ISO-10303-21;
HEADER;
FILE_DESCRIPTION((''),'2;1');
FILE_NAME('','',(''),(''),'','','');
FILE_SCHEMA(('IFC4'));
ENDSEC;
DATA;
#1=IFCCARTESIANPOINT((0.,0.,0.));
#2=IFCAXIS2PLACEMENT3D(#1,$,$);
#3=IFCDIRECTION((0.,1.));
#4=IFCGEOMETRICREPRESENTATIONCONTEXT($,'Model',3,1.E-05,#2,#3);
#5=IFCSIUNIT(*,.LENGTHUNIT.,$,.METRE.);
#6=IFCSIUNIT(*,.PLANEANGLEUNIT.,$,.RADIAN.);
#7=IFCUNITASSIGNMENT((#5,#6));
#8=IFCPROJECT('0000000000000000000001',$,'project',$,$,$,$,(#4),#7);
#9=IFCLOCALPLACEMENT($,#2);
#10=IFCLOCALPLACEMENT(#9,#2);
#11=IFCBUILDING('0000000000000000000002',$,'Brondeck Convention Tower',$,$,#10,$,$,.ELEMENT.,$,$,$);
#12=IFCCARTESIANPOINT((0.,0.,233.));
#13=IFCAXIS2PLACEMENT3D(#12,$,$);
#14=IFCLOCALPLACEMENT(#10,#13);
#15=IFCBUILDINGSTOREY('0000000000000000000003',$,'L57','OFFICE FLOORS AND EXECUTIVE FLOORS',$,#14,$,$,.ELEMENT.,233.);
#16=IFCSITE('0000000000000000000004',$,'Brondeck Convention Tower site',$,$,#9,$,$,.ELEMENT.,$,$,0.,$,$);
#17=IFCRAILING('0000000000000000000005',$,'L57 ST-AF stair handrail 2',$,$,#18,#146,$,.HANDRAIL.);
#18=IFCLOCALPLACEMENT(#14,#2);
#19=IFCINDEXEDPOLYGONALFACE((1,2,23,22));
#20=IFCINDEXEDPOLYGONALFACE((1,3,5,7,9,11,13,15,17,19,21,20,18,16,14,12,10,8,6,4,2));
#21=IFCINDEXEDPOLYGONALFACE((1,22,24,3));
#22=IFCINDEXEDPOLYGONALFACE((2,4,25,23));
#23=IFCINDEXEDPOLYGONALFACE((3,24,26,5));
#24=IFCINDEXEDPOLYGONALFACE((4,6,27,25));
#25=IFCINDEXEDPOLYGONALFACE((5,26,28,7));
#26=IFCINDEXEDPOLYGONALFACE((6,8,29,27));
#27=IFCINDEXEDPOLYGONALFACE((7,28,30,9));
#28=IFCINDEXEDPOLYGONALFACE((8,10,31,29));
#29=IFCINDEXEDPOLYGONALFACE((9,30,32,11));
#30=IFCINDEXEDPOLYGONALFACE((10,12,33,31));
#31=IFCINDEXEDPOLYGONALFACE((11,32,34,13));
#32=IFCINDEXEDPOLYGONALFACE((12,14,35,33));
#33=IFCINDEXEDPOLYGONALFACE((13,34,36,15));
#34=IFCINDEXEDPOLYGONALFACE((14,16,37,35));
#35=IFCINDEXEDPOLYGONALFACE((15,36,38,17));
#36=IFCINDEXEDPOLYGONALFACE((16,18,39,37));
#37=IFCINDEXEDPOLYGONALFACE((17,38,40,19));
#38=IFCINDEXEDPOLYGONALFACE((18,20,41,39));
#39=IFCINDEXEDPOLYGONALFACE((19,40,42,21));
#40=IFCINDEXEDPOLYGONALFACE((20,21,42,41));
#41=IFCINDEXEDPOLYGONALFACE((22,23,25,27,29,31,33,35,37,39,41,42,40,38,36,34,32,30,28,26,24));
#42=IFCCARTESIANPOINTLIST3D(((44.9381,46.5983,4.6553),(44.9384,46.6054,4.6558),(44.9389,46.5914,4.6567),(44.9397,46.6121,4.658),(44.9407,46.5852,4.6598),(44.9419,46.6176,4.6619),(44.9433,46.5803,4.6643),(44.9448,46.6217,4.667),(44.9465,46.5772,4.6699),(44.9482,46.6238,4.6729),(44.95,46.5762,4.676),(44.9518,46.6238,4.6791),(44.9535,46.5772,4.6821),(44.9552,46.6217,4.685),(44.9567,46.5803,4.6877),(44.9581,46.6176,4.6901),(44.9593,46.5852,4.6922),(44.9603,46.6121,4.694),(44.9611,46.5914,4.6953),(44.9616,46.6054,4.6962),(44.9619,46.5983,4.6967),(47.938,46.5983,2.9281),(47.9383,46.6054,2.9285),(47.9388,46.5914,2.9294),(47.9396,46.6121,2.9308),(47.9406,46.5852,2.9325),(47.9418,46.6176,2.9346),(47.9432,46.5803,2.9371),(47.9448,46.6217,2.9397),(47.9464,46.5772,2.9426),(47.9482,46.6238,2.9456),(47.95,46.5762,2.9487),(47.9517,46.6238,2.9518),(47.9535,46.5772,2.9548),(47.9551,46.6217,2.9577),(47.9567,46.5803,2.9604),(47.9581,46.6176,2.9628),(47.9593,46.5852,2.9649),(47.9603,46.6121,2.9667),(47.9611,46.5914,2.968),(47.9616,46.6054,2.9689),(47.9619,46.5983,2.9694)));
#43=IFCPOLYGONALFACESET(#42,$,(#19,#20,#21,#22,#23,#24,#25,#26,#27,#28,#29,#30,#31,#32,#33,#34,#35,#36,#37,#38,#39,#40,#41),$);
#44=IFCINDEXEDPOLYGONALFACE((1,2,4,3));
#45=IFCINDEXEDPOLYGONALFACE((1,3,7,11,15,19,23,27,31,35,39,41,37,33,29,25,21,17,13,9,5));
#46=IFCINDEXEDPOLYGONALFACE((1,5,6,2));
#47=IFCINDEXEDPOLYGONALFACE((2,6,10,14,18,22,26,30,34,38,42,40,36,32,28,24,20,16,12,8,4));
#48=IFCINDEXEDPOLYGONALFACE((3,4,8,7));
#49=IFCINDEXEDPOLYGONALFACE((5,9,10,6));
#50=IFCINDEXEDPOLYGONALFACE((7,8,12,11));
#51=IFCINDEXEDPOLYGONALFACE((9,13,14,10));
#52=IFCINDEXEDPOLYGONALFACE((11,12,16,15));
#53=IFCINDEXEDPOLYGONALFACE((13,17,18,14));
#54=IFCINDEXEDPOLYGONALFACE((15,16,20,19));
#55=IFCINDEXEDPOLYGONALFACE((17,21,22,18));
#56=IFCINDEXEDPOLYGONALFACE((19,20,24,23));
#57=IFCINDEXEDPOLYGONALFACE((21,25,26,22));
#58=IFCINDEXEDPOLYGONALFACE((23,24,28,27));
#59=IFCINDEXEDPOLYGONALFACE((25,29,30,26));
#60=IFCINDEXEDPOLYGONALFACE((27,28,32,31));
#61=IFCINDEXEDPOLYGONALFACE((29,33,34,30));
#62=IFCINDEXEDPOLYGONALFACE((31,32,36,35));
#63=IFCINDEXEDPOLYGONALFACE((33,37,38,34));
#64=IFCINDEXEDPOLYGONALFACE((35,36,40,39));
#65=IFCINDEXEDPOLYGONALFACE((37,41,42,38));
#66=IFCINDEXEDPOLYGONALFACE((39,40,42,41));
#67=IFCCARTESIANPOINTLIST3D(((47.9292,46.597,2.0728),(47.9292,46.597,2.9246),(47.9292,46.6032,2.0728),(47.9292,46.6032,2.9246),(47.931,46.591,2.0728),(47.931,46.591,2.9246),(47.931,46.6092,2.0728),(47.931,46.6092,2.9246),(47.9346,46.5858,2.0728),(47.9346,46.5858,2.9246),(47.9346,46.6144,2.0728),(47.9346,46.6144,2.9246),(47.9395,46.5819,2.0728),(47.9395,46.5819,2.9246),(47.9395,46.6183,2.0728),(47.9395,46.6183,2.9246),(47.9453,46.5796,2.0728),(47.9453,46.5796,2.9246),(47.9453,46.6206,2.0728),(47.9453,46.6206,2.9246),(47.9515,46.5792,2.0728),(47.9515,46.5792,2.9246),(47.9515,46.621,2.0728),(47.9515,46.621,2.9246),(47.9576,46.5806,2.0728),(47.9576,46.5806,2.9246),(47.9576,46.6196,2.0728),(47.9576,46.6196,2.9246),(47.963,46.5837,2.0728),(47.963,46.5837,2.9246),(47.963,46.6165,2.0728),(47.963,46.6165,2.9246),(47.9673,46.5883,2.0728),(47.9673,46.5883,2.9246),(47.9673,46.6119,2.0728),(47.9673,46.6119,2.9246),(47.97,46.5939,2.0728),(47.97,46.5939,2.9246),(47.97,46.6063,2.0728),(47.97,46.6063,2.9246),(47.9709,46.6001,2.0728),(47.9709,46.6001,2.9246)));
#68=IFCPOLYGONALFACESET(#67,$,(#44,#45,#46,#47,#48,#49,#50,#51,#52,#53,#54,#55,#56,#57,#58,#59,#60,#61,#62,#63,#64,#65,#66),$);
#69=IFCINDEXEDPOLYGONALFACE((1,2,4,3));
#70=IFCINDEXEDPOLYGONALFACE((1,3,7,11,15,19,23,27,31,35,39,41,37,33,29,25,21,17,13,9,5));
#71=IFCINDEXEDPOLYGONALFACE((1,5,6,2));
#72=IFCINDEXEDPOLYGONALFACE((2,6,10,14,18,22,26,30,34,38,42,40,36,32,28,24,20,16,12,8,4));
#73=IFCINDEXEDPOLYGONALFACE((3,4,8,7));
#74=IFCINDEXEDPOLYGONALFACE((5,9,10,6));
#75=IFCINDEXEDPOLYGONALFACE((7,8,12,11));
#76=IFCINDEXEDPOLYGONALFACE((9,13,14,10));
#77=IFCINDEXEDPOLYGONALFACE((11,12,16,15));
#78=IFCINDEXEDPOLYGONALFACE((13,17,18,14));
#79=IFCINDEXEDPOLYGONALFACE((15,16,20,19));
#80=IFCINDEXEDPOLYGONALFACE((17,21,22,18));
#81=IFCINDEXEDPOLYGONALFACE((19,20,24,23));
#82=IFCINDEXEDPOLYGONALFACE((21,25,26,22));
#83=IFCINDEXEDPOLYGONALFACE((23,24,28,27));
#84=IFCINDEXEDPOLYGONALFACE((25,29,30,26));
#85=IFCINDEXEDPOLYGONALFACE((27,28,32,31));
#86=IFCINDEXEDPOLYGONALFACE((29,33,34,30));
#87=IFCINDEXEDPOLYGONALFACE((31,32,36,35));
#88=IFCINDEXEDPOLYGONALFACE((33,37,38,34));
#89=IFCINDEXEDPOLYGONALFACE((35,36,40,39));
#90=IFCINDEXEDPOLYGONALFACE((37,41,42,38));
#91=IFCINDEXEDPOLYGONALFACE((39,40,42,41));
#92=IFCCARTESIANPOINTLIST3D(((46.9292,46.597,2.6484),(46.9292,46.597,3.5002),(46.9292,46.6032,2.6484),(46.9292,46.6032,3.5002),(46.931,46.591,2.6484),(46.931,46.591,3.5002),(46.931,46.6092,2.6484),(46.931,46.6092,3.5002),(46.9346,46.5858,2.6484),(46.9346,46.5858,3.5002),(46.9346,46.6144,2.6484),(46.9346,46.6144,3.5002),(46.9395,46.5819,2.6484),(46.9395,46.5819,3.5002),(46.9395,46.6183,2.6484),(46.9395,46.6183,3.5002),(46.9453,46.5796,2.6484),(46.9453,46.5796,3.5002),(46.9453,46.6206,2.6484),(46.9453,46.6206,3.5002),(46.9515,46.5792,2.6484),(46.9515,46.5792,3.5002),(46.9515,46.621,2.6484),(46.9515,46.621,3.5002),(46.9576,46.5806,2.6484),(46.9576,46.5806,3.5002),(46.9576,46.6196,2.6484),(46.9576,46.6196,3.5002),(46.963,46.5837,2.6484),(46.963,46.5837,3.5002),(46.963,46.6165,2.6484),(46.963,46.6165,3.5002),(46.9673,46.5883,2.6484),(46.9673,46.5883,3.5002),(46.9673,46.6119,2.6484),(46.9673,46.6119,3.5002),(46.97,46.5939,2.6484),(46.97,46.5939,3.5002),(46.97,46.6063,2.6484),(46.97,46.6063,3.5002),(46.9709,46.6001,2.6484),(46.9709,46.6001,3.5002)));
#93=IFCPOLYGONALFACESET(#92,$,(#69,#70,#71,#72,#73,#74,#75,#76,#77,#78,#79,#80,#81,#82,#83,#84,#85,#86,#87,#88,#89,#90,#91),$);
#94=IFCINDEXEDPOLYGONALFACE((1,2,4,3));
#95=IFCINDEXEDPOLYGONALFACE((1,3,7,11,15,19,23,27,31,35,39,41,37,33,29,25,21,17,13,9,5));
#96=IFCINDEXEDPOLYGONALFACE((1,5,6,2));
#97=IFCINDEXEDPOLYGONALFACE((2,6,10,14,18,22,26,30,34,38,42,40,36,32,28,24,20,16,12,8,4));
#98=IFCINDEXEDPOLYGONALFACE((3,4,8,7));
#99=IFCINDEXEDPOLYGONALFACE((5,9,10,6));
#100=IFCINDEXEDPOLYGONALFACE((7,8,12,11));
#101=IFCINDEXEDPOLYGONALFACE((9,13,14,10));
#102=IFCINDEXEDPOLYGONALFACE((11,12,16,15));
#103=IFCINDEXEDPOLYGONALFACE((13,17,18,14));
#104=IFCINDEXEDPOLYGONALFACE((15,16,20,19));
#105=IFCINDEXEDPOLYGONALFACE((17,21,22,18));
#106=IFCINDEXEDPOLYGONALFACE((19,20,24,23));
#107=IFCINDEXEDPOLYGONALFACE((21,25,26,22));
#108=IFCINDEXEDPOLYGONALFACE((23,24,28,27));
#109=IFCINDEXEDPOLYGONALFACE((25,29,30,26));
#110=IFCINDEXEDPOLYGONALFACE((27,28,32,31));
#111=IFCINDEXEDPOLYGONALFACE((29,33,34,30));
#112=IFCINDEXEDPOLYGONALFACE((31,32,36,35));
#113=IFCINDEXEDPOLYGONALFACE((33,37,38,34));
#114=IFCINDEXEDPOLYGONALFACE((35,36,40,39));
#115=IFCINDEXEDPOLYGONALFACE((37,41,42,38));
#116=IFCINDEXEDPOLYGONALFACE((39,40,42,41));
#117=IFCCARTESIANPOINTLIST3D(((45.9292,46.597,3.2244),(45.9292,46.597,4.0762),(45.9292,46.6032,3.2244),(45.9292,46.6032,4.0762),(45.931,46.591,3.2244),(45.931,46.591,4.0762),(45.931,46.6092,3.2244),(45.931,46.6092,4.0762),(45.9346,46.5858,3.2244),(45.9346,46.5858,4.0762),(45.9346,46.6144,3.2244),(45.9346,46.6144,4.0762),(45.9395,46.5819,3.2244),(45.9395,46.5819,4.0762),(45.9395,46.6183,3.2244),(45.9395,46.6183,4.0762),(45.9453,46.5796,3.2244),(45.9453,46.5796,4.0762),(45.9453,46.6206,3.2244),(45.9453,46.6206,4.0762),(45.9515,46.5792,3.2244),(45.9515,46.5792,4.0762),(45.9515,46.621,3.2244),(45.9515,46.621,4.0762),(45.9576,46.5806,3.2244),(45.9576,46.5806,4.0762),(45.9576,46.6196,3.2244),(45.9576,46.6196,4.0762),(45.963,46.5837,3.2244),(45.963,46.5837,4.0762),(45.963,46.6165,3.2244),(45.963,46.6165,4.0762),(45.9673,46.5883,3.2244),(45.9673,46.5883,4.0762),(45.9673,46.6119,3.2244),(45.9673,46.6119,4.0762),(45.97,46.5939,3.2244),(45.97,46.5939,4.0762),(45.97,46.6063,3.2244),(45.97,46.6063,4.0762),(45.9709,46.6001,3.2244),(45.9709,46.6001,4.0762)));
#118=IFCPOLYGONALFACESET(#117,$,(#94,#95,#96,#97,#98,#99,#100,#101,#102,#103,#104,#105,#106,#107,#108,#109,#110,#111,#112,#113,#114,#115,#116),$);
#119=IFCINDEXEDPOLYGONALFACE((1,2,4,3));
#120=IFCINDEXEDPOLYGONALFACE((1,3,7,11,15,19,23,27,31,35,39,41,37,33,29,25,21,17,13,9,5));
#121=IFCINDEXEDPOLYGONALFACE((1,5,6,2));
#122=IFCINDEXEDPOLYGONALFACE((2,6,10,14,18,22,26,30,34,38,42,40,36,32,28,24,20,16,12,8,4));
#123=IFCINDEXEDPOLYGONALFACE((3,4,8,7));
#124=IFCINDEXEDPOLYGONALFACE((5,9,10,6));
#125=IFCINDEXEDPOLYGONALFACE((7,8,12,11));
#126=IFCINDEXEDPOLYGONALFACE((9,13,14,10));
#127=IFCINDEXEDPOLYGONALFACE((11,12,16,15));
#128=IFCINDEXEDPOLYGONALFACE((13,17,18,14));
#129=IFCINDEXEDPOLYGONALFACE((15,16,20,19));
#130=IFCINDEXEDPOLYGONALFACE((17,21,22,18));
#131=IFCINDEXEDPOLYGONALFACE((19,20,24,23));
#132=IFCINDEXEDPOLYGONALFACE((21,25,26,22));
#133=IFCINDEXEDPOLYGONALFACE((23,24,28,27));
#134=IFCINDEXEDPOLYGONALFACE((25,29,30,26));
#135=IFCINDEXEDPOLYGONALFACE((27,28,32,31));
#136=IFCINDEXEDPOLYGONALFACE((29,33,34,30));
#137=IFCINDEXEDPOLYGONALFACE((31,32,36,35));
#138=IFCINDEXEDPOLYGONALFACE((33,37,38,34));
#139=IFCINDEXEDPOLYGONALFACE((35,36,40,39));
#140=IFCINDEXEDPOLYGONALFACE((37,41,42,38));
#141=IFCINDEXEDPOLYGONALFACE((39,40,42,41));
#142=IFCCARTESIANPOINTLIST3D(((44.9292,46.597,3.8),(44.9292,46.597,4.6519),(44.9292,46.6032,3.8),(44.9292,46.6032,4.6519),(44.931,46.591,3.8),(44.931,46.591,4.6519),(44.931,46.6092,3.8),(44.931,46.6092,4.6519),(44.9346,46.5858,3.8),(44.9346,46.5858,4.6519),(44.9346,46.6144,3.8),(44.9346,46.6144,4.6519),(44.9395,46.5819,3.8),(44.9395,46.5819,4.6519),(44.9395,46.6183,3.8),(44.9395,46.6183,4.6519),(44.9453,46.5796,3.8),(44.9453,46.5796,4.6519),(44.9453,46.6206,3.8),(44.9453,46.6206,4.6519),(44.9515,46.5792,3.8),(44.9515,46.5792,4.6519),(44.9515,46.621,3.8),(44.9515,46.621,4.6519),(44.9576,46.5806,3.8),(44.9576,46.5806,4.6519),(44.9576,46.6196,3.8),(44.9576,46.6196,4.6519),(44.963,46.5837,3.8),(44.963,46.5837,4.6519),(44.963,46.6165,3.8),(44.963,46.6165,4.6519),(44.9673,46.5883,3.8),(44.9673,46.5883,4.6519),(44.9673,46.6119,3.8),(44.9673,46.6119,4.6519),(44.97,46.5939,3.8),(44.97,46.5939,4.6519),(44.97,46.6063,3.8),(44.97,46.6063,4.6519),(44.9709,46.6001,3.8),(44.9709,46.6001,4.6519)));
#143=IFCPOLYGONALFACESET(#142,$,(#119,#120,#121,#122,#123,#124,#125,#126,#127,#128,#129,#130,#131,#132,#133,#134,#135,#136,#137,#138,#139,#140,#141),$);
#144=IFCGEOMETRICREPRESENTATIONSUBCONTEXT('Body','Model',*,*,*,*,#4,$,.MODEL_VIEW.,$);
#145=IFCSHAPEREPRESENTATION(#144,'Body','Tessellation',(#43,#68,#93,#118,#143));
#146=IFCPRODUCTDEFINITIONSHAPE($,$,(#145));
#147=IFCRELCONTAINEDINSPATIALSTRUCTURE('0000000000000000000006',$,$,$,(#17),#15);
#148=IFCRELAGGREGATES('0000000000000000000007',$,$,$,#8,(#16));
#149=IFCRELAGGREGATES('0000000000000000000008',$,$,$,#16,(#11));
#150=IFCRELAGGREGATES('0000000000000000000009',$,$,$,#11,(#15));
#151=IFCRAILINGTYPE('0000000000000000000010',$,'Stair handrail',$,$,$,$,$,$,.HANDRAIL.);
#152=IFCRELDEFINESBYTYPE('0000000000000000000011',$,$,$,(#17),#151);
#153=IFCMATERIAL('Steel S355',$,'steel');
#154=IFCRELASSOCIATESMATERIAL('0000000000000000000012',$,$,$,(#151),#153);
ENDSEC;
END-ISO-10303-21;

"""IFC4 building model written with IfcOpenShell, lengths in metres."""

from ifc_helpers import new_model, si_unit, direction, frame, origin, origin_2d, place, context, subcontext, project, spatial, circle, extrude, material, type_object, element, save


model = new_model("IFC4")

# Units and contexts
model_context = context("Model", 3, precision=1e-05, world=origin(), true_north=direction((0.0, 1.0)))
body_context = subcontext(model_context, "Body", "Model", "MODEL_VIEW")
ifc_project = project(units=[si_unit("LENGTHUNIT", "METRE"), si_unit("PLANEANGLEUNIT", "RADIAN")], contexts=[model_context])

# Site, building, storey
site_placement = place(None, origin())
site = spatial("IfcSite", under=ifc_project, at=site_placement, Name="Brondeck Convention Tower site", CompositionType="ELEMENT", RefElevation=0.0)
building_placement = place(site_placement, origin())
building = spatial("IfcBuilding", under=site, at=building_placement, Name="Brondeck Convention Tower", CompositionType="ELEMENT")
storey_placement = place(building_placement, frame((0.0, 0.0, 233.0)))
storey = spatial("IfcBuildingStorey", under=building, at=storey_placement, Name="L57", Description="OFFICE FLOORS AND EXECUTIVE FLOORS", CompositionType="ELEMENT", Elevation=233.0)

# Shared definitions
ifc_material_1 = material(Name="Steel S355", Category="steel")

# Railing
railing_type_1 = type_object("IfcRailingType", Name="Stair handrail", PredefinedType="HANDRAIL", material=ifc_material_1)
railing_1_placement = place(storey_placement, frame((47.95, 46.6001, 2.0728)))
element("IfcRailing", 1, at=railing_1_placement, inside=storey, type_object=railing_type_1, Name="L57 ST-AF stair handrail 2", PredefinedType="HANDRAIL", context=body_context, shape_type="SweptSolid", body=[
    extrude(circle(Radius=0.0239, at=origin_2d()), frame((0.0, 0.0, 0.876), z_axis=(-0.86662, 0.0, 0.498969), x_axis=(0.0, -1.0, 0.0)), (0.0, 0.0, 1.0), 3.4617),
    extrude(circle(Radius=0.021, at=origin_2d()), origin(), (0.0, 0.0, 1.0), 0.8518),
    extrude(circle(Radius=0.021, at=origin_2d()), frame((-1.0, 0.0, 0.5757)), (0.0, 0.0, 1.0), 0.8518),
    extrude(circle(Radius=0.021, at=origin_2d()), frame((-2.0, 0.0, 1.1516)), (0.0, 0.0, 1.0), 0.8518),
    extrude(circle(Radius=0.021, at=origin_2d()), frame((-3.0, 0.0, 1.7273)), (0.0, 0.0, 1.0), 0.8518),
])

save(model, "model.ifc")
